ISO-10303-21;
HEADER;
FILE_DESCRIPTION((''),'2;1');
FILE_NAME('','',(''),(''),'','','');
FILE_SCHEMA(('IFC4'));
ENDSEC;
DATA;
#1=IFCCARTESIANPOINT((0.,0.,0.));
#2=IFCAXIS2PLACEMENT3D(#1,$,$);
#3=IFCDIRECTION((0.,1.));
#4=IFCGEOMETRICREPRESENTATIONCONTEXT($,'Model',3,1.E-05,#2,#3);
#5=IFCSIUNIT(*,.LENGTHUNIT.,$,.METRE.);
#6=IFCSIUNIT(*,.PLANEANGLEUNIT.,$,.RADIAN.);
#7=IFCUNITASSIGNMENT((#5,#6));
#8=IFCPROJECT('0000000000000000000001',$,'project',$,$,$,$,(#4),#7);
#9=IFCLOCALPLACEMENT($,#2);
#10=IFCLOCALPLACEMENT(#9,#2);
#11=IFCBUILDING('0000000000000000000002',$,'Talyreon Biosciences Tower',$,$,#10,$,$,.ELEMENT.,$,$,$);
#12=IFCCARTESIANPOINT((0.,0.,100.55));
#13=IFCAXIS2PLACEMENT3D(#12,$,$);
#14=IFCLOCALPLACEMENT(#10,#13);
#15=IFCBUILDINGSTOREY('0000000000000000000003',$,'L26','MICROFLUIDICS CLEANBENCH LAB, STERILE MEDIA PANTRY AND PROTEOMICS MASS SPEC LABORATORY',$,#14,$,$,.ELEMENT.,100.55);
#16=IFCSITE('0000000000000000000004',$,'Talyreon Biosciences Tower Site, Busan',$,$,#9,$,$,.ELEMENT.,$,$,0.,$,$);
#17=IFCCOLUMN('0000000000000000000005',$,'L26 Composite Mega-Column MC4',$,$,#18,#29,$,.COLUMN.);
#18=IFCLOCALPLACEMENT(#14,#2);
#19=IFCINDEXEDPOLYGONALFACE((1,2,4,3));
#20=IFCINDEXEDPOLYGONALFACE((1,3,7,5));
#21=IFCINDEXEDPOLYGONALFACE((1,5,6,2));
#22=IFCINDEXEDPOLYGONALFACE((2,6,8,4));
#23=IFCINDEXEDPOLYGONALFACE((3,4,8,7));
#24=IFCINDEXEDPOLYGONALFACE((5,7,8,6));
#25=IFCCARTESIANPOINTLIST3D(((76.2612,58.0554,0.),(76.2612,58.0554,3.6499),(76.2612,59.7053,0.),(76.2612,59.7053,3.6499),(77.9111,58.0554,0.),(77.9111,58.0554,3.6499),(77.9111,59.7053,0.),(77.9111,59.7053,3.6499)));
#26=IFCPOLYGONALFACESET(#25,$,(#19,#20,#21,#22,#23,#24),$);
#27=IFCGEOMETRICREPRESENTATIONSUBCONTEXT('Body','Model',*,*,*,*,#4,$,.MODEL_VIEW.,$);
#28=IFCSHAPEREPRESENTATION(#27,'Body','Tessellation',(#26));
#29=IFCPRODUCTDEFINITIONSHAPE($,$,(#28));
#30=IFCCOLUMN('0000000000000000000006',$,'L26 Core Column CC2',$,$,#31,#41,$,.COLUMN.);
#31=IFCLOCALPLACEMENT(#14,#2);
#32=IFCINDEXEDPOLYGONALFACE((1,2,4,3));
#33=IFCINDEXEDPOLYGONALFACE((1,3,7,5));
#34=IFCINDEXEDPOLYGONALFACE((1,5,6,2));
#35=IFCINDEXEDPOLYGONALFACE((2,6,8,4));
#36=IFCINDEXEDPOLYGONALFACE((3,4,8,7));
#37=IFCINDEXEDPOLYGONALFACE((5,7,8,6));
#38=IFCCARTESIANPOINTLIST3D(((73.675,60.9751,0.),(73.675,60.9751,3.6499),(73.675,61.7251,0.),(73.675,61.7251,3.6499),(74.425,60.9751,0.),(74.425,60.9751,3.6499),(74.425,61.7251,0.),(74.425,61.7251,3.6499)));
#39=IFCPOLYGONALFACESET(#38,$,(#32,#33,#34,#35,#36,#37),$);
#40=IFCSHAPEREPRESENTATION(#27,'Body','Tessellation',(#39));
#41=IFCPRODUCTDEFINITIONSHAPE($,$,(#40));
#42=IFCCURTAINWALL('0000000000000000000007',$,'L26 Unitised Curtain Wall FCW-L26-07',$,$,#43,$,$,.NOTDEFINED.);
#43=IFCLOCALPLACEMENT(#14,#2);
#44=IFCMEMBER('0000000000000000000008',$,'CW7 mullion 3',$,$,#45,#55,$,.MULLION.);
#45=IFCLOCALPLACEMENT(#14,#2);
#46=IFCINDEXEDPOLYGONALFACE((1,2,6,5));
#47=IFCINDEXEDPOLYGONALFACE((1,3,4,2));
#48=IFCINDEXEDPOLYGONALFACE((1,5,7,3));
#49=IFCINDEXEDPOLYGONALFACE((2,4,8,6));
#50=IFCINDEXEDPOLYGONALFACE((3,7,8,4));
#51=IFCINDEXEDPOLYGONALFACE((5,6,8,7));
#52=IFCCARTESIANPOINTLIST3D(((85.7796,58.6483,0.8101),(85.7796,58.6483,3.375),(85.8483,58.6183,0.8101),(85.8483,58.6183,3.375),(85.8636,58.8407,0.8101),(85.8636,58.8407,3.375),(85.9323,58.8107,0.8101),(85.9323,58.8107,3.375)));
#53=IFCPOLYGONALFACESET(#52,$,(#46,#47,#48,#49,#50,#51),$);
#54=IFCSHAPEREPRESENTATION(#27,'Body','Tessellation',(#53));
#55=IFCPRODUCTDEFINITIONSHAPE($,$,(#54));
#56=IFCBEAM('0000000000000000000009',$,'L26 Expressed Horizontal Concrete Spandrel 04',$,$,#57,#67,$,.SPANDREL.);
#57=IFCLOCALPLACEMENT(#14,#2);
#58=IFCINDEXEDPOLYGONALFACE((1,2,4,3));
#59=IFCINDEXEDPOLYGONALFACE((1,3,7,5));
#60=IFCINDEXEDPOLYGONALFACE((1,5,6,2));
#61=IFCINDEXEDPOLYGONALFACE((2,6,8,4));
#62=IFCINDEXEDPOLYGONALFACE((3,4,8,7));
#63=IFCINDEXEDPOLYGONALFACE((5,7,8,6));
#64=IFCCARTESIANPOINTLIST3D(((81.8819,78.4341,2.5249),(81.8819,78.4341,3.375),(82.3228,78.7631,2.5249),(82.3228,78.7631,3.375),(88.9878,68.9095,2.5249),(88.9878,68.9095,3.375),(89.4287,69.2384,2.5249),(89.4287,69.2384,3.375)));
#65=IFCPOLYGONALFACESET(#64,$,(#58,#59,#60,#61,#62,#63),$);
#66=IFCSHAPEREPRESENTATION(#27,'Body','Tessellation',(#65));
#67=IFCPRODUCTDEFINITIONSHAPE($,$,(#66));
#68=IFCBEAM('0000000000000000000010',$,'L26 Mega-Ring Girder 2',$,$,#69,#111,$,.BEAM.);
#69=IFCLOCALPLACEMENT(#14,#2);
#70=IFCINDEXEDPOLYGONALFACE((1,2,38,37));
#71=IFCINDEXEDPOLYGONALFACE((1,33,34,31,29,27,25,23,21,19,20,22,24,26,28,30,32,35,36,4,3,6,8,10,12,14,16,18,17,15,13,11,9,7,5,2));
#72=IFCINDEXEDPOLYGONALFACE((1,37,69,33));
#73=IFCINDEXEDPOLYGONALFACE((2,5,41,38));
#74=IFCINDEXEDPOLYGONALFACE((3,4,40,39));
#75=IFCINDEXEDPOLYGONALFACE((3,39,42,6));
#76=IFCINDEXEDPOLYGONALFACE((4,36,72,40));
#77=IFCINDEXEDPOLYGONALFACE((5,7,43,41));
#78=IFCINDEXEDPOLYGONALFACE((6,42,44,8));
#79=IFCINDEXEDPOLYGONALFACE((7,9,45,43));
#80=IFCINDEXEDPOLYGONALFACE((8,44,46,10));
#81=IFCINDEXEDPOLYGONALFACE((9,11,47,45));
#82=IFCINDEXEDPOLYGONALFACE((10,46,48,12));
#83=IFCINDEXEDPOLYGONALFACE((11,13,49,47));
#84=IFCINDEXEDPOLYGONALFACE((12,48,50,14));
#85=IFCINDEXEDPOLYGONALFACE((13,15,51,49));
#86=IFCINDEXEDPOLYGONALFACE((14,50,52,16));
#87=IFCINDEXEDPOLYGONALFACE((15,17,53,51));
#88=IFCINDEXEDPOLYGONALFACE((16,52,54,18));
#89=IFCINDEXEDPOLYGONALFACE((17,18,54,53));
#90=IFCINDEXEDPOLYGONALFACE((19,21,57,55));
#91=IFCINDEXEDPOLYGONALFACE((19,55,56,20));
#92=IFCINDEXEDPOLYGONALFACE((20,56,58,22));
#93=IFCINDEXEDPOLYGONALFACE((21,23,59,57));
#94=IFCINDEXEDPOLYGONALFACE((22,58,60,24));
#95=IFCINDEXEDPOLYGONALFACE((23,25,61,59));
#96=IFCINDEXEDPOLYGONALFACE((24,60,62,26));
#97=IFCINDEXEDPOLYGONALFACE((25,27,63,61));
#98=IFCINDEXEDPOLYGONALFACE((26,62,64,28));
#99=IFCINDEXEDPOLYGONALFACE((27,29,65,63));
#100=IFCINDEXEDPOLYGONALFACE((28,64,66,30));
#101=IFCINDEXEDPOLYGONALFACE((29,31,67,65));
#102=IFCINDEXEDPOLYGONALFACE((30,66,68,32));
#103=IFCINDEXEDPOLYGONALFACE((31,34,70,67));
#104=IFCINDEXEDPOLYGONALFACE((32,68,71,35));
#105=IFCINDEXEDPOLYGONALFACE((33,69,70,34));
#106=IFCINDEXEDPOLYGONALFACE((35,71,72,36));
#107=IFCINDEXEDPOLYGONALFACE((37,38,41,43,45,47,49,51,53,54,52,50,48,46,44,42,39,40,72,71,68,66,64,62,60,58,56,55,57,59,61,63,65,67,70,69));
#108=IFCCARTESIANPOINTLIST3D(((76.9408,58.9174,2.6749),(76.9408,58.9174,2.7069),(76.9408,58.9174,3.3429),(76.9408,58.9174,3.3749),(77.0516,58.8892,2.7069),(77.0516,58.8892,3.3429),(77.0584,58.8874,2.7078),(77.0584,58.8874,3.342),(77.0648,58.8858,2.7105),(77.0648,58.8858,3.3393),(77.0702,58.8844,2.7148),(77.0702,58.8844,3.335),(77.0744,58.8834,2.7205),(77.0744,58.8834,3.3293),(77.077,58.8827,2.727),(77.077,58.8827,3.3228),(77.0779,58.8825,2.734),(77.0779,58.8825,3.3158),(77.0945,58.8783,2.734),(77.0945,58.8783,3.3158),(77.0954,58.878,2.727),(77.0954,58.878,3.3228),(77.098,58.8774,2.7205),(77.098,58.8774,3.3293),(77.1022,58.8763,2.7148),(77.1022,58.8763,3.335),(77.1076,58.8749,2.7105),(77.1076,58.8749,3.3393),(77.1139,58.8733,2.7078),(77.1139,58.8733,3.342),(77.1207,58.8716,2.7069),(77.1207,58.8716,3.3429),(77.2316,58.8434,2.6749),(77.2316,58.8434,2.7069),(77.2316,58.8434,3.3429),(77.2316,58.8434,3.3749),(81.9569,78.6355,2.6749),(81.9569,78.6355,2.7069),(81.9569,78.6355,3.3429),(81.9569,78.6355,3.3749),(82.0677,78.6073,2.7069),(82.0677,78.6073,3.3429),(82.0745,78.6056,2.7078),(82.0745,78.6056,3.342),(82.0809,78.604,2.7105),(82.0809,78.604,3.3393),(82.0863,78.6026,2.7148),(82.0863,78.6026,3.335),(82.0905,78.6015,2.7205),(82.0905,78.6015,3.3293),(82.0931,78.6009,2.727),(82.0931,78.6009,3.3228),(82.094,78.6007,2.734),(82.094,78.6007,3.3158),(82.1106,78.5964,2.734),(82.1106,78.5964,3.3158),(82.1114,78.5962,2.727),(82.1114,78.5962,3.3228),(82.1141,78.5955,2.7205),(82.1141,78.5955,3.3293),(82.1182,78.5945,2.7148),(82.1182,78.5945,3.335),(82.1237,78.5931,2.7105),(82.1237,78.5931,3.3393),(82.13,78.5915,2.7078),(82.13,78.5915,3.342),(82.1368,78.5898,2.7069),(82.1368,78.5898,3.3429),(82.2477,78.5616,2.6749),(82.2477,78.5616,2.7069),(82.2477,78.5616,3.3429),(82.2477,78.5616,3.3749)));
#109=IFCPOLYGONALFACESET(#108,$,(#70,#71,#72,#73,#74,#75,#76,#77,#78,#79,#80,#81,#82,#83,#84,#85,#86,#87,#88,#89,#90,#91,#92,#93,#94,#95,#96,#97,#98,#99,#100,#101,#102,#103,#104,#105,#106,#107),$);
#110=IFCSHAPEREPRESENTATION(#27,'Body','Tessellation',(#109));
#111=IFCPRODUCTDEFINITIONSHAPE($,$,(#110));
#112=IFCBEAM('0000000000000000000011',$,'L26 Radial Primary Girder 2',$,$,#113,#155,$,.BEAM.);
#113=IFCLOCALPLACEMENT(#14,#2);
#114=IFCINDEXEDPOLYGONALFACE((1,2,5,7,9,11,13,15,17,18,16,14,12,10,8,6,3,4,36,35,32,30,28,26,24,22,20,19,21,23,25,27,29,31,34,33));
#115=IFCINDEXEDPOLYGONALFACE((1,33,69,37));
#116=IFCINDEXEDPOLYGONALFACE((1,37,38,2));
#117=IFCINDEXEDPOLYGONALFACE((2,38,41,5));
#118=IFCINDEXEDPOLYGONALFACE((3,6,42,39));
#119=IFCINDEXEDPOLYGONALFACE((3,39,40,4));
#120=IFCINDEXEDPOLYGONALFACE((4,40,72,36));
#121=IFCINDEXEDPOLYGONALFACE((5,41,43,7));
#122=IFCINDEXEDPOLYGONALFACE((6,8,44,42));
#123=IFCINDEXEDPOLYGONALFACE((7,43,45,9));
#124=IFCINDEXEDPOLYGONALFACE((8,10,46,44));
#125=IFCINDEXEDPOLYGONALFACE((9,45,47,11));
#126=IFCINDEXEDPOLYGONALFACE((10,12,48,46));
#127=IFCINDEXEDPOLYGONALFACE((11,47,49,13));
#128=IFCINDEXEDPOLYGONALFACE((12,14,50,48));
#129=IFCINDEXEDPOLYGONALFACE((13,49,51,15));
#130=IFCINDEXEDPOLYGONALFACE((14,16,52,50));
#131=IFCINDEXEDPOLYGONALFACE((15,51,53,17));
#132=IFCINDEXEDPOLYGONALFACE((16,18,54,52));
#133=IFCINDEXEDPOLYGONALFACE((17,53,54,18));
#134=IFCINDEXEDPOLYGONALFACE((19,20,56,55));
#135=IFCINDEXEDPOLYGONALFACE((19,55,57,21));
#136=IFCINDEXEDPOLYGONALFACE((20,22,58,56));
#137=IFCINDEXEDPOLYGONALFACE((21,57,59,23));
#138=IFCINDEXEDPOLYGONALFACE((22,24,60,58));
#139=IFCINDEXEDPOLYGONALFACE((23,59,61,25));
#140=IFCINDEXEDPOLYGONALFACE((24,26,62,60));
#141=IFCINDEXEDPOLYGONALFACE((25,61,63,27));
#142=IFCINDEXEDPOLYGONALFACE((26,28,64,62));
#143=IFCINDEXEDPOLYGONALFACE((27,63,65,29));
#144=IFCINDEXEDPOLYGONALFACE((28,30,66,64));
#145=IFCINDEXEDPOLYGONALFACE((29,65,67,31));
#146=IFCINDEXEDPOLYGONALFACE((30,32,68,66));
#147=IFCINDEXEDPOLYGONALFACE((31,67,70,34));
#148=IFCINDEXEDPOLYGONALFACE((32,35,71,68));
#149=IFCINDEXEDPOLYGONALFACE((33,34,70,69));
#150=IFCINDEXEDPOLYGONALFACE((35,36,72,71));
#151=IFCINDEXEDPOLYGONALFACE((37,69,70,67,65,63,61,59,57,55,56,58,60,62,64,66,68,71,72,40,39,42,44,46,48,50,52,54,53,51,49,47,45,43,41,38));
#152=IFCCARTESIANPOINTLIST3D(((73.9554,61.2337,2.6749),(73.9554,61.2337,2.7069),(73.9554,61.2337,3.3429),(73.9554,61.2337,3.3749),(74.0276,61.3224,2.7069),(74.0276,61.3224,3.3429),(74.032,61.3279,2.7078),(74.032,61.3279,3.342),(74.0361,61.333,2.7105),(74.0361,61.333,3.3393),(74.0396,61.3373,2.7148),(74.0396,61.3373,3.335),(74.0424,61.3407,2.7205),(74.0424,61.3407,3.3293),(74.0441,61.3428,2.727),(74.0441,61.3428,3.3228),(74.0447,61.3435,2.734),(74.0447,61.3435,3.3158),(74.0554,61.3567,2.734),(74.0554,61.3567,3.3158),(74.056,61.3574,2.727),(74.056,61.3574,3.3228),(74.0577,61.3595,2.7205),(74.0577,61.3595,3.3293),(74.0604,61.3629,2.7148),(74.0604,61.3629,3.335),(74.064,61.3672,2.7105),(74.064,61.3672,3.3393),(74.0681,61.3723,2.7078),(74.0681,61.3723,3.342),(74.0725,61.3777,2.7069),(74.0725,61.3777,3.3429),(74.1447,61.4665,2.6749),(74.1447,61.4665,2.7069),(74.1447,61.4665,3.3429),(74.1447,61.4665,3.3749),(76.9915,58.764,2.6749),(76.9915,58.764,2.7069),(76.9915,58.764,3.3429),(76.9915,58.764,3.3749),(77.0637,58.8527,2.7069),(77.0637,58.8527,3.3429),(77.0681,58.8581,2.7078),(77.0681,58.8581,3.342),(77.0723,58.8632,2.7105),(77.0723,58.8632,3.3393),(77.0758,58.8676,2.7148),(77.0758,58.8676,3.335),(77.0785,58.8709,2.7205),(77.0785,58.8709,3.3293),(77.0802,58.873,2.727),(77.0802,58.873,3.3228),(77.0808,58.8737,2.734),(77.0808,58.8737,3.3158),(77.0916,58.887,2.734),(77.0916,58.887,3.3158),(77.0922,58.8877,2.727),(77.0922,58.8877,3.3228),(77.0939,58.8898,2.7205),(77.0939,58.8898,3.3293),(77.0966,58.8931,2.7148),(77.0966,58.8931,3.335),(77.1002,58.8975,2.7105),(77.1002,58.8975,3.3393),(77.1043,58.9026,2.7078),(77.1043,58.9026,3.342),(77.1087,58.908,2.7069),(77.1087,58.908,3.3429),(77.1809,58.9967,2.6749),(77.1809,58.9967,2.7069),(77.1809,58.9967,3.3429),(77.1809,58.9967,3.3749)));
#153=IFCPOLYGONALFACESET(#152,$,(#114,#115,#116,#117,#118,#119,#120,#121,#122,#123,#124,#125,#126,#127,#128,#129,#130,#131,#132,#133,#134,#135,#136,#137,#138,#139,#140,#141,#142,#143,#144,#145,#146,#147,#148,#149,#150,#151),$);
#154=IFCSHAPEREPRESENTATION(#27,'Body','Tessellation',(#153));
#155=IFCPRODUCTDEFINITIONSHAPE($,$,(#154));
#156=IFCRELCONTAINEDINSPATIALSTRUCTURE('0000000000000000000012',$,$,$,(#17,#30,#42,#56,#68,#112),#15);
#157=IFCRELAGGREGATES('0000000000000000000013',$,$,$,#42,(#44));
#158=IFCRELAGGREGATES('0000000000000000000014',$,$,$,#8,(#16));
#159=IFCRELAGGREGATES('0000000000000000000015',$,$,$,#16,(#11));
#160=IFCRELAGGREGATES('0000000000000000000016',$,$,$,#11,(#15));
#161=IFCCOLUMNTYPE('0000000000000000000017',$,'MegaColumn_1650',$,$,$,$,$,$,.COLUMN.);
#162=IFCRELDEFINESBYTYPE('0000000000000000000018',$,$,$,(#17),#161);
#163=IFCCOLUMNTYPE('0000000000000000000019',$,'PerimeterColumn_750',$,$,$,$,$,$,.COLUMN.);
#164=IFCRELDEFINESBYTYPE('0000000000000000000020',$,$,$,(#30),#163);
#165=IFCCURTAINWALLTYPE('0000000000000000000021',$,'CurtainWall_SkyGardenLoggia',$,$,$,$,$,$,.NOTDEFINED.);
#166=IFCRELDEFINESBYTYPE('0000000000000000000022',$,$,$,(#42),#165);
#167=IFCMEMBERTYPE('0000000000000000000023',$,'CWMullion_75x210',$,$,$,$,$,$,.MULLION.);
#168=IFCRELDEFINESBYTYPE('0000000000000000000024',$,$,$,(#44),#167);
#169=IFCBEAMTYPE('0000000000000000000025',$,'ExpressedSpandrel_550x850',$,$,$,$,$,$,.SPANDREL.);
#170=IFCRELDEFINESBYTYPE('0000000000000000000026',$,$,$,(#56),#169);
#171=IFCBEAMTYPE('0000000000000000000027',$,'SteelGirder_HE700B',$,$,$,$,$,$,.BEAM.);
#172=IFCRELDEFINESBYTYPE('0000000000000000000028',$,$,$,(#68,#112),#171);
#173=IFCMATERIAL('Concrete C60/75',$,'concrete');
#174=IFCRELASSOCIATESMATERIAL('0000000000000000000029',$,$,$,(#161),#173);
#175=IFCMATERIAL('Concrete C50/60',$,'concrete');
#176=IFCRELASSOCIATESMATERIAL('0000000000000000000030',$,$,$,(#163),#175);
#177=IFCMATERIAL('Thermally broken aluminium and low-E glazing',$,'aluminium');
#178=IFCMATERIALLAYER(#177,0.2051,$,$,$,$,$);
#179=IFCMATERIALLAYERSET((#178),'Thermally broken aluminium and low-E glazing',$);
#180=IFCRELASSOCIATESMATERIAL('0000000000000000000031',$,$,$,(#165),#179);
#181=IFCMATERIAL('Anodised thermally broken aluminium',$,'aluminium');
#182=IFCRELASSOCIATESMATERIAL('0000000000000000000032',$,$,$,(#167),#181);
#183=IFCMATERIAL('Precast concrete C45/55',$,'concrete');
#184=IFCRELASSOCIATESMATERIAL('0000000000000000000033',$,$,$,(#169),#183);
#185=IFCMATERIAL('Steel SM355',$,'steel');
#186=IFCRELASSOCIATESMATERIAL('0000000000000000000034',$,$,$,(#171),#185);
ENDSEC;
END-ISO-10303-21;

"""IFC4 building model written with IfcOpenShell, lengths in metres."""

from ifc_helpers import new_model, si_unit, direction, frame, origin, origin_2d, place, context, subcontext, project, spatial, rectangle, i_section, extrude, material, layer, layer_set, material_profile, profile_set, type_object, element, aggregate, save


model = new_model("IFC4")

# Units and contexts
model_context = context("Model", 3, precision=1e-05, world=origin(), true_north=direction((0.0, 1.0)))
body_context = subcontext(model_context, "Body", "Model", "MODEL_VIEW")
ifc_project = project(units=[si_unit("LENGTHUNIT", "METRE"), si_unit("PLANEANGLEUNIT", "RADIAN")], contexts=[model_context])

# Site, building, storey
site_placement = place(None, origin())
site = spatial("IfcSite", under=ifc_project, at=site_placement, Name="Talyreon Biosciences Tower Site, Busan", CompositionType="ELEMENT", RefElevation=0.0)
building_placement = place(site_placement, origin())
building = spatial("IfcBuilding", under=site, at=building_placement, Name="Talyreon Biosciences Tower", CompositionType="ELEMENT")
storey_placement = place(building_placement, frame((0.0, 0.0, 100.55)))
storey = spatial("IfcBuildingStorey", under=building, at=storey_placement, Name="L26", Description="MICROFLUIDICS CLEANBENCH LAB, STERILE MEDIA PANTRY AND PROTEOMICS MASS SPEC LABORATORY", CompositionType="ELEMENT", Elevation=100.55)

# Columns
ifc_material_1 = material(Name="Concrete C60/75", Category="concrete")
ifc_material_profile_1 = material_profile(ifc_material_1, rectangle(XDim=1.6499, YDim=1.6499, at=origin_2d()), Name="RC 1650x1650")
ifc_profile_set_1 = profile_set([ifc_material_profile_1], Name="Concrete C60/75")
column_type_1 = type_object("IfcColumnType", Name="MegaColumn_1650", PredefinedType="COLUMN", material=ifc_profile_set_1)
column_1_placement = place(storey_placement, frame((77.0862, 58.8804, 0.0), z_axis=(0.0, 0.0, 1.0), x_axis=(1.0, 0.0, 0.0)))
element("IfcColumn", 1, at=column_1_placement, inside=storey, type_object=column_type_1, Name="L26 Composite Mega-Column MC4", PredefinedType="COLUMN", context=body_context, shape_type="SweptSolid", body=[
    extrude(rectangle(XDim=1.6499, YDim=1.6499, at=origin_2d()), origin(), (0.0, 0.0, 1.0), 3.6499),
])
ifc_material_2 = material(Name="Concrete C50/60", Category="concrete")
ifc_material_profile_2 = material_profile(ifc_material_2, rectangle(XDim=0.75, YDim=0.75, at=origin_2d()), Name="RC 750x750")
ifc_profile_set_2 = profile_set([ifc_material_profile_2], Name="Concrete C50/60")
column_type_2 = type_object("IfcColumnType", Name="PerimeterColumn_750", PredefinedType="COLUMN", material=ifc_profile_set_2)
column_2_placement = place(storey_placement, frame((74.05, 61.3501, 0.0), z_axis=(0.0, 0.0, 1.0), x_axis=(1.0, 0.0, 0.0)))
element("IfcColumn", 2, at=column_2_placement, inside=storey, type_object=column_type_2, Name="L26 Core Column CC2", PredefinedType="COLUMN", context=body_context, shape_type="SweptSolid", body=[
    extrude(rectangle(XDim=0.75, YDim=0.75, at=origin_2d()), origin(), (0.0, 0.0, 1.0), 3.6499),
])

# Curtain wall, member
ifc_material_3 = material(Name="Thermally broken aluminium and low-E glazing", Category="aluminium")
ifc_layer_1 = layer(ifc_material_3, 0.2051)
ifc_layer_set_1 = layer_set([ifc_layer_1], Name="Thermally broken aluminium and low-E glazing")
curtain_wall_type = type_object("IfcCurtainWallType", Name="CurtainWall_SkyGardenLoggia", PredefinedType="NOTDEFINED", material=ifc_layer_set_1)
curtain_wall_placement = place(storey_placement, origin())
curtain_wall = element("IfcCurtainWall", 3, at=curtain_wall_placement, inside=storey, type_object=curtain_wall_type, Name="L26 Unitised Curtain Wall FCW-L26-07", PredefinedType="NOTDEFINED")
ifc_material_4 = material(Name="Anodised thermally broken aluminium", Category="aluminium")
ifc_material_profile_3 = material_profile(ifc_material_4, rectangle(XDim=0.075, YDim=0.21, at=origin_2d()), Name="ALUM MULLION 75x210")
ifc_profile_set_3 = profile_set([ifc_material_profile_3], Name="Anodised thermally broken aluminium")
member_type = type_object("IfcMemberType", Name="CWMullion_75x210", PredefinedType="MULLION", material=ifc_profile_set_3)
member_placement = place(storey_placement, frame((85.856, 58.7295, 0.8101), z_axis=(0.0, 0.0, 1.0), x_axis=(0.916347, -0.400385, 0.0)))
member = element("IfcMember", 4, at=member_placement, type_object=member_type, Name="CW7 mullion 3", PredefinedType="MULLION", context=body_context, shape_type="SweptSolid", body=[
    extrude(rectangle(XDim=0.075, YDim=0.21, at=origin_2d()), origin(), (0.0, 0.0, 1.0), 2.5649),
])

# Beams
ifc_material_5 = material(Name="Precast concrete C45/55", Category="concrete")
ifc_material_profile_4 = material_profile(ifc_material_5, rectangle(XDim=0.55, YDim=0.8501, at=origin_2d()), Name="RCB 550x850")
ifc_profile_set_4 = profile_set([ifc_material_profile_4], Name="Precast concrete C45/55")
beam_type_1 = type_object("IfcBeamType", Name="ExpressedSpandrel_550x850", PredefinedType="SPANDREL", material=ifc_profile_set_4)
beam_1_placement = place(storey_placement, frame((89.2083, 69.074, 2.95), z_axis=(-0.597976, 0.801514, 0.0), x_axis=(-0.801514, -0.597976, 0.0)))
element("IfcBeam", 5, at=beam_1_placement, inside=storey, type_object=beam_type_1, Name="L26 Expressed Horizontal Concrete Spandrel 04", PredefinedType="SPANDREL", context=body_context, shape_type="SweptSolid", body=[
    extrude(rectangle(XDim=0.55, YDim=0.8501, at=origin_2d()), origin(), (0.0, 0.0, 1.0), 11.8833),
])
ifc_material_6 = material(Name="Steel SM355", Category="steel")
ifc_material_profile_5 = material_profile(ifc_material_6, i_section(OverallWidth=0.3, OverallDepth=0.7, WebThickness=0.0171, FlangeThickness=0.032, FilletRadius=0.0271, at=origin_2d()), Name="HE700B")
ifc_profile_set_5 = profile_set([ifc_material_profile_5], Name="Steel SM355")
beam_type_2 = type_object("IfcBeamType", Name="SteelGirder_HE700B", PredefinedType="BEAM", material=ifc_profile_set_5)
beam_2_placement = place(storey_placement, frame((77.0862, 58.8804, 3.0249), z_axis=(0.246537, 0.969133, 0.0), x_axis=(-0.969133, 0.246537, 0.0)))
element("IfcBeam", 6, at=beam_2_placement, inside=storey, type_object=beam_type_2, Name="L26 Mega-Ring Girder 2", PredefinedType="BEAM", context=body_context, shape_type="SweptSolid", body=[
    extrude(i_section(OverallWidth=0.3, OverallDepth=0.7, WebThickness=0.0171, FlangeThickness=0.032, FilletRadius=0.0271, at=origin_2d()), origin(), (0.0, 0.0, 1.0), 20.3462),
])
beam_3_placement = place(storey_placement, frame((74.05, 61.3501, 3.0249), z_axis=(0.775755, -0.631034, 0.0), x_axis=(0.631034, 0.775755, 0.0)))
element("IfcBeam", 7, at=beam_3_placement, inside=storey, type_object=beam_type_2, Name="L26 Radial Primary Girder 2", PredefinedType="BEAM", context=body_context, shape_type="SweptSolid", body=[
    extrude(i_section(OverallWidth=0.3, OverallDepth=0.7, WebThickness=0.0171, FlangeThickness=0.032, FilletRadius=0.0271, at=origin_2d()), origin(), (0.0, 0.0, 1.0), 3.9138),
])

aggregate(curtain_wall, [member])

save(model, "model.ifc")
